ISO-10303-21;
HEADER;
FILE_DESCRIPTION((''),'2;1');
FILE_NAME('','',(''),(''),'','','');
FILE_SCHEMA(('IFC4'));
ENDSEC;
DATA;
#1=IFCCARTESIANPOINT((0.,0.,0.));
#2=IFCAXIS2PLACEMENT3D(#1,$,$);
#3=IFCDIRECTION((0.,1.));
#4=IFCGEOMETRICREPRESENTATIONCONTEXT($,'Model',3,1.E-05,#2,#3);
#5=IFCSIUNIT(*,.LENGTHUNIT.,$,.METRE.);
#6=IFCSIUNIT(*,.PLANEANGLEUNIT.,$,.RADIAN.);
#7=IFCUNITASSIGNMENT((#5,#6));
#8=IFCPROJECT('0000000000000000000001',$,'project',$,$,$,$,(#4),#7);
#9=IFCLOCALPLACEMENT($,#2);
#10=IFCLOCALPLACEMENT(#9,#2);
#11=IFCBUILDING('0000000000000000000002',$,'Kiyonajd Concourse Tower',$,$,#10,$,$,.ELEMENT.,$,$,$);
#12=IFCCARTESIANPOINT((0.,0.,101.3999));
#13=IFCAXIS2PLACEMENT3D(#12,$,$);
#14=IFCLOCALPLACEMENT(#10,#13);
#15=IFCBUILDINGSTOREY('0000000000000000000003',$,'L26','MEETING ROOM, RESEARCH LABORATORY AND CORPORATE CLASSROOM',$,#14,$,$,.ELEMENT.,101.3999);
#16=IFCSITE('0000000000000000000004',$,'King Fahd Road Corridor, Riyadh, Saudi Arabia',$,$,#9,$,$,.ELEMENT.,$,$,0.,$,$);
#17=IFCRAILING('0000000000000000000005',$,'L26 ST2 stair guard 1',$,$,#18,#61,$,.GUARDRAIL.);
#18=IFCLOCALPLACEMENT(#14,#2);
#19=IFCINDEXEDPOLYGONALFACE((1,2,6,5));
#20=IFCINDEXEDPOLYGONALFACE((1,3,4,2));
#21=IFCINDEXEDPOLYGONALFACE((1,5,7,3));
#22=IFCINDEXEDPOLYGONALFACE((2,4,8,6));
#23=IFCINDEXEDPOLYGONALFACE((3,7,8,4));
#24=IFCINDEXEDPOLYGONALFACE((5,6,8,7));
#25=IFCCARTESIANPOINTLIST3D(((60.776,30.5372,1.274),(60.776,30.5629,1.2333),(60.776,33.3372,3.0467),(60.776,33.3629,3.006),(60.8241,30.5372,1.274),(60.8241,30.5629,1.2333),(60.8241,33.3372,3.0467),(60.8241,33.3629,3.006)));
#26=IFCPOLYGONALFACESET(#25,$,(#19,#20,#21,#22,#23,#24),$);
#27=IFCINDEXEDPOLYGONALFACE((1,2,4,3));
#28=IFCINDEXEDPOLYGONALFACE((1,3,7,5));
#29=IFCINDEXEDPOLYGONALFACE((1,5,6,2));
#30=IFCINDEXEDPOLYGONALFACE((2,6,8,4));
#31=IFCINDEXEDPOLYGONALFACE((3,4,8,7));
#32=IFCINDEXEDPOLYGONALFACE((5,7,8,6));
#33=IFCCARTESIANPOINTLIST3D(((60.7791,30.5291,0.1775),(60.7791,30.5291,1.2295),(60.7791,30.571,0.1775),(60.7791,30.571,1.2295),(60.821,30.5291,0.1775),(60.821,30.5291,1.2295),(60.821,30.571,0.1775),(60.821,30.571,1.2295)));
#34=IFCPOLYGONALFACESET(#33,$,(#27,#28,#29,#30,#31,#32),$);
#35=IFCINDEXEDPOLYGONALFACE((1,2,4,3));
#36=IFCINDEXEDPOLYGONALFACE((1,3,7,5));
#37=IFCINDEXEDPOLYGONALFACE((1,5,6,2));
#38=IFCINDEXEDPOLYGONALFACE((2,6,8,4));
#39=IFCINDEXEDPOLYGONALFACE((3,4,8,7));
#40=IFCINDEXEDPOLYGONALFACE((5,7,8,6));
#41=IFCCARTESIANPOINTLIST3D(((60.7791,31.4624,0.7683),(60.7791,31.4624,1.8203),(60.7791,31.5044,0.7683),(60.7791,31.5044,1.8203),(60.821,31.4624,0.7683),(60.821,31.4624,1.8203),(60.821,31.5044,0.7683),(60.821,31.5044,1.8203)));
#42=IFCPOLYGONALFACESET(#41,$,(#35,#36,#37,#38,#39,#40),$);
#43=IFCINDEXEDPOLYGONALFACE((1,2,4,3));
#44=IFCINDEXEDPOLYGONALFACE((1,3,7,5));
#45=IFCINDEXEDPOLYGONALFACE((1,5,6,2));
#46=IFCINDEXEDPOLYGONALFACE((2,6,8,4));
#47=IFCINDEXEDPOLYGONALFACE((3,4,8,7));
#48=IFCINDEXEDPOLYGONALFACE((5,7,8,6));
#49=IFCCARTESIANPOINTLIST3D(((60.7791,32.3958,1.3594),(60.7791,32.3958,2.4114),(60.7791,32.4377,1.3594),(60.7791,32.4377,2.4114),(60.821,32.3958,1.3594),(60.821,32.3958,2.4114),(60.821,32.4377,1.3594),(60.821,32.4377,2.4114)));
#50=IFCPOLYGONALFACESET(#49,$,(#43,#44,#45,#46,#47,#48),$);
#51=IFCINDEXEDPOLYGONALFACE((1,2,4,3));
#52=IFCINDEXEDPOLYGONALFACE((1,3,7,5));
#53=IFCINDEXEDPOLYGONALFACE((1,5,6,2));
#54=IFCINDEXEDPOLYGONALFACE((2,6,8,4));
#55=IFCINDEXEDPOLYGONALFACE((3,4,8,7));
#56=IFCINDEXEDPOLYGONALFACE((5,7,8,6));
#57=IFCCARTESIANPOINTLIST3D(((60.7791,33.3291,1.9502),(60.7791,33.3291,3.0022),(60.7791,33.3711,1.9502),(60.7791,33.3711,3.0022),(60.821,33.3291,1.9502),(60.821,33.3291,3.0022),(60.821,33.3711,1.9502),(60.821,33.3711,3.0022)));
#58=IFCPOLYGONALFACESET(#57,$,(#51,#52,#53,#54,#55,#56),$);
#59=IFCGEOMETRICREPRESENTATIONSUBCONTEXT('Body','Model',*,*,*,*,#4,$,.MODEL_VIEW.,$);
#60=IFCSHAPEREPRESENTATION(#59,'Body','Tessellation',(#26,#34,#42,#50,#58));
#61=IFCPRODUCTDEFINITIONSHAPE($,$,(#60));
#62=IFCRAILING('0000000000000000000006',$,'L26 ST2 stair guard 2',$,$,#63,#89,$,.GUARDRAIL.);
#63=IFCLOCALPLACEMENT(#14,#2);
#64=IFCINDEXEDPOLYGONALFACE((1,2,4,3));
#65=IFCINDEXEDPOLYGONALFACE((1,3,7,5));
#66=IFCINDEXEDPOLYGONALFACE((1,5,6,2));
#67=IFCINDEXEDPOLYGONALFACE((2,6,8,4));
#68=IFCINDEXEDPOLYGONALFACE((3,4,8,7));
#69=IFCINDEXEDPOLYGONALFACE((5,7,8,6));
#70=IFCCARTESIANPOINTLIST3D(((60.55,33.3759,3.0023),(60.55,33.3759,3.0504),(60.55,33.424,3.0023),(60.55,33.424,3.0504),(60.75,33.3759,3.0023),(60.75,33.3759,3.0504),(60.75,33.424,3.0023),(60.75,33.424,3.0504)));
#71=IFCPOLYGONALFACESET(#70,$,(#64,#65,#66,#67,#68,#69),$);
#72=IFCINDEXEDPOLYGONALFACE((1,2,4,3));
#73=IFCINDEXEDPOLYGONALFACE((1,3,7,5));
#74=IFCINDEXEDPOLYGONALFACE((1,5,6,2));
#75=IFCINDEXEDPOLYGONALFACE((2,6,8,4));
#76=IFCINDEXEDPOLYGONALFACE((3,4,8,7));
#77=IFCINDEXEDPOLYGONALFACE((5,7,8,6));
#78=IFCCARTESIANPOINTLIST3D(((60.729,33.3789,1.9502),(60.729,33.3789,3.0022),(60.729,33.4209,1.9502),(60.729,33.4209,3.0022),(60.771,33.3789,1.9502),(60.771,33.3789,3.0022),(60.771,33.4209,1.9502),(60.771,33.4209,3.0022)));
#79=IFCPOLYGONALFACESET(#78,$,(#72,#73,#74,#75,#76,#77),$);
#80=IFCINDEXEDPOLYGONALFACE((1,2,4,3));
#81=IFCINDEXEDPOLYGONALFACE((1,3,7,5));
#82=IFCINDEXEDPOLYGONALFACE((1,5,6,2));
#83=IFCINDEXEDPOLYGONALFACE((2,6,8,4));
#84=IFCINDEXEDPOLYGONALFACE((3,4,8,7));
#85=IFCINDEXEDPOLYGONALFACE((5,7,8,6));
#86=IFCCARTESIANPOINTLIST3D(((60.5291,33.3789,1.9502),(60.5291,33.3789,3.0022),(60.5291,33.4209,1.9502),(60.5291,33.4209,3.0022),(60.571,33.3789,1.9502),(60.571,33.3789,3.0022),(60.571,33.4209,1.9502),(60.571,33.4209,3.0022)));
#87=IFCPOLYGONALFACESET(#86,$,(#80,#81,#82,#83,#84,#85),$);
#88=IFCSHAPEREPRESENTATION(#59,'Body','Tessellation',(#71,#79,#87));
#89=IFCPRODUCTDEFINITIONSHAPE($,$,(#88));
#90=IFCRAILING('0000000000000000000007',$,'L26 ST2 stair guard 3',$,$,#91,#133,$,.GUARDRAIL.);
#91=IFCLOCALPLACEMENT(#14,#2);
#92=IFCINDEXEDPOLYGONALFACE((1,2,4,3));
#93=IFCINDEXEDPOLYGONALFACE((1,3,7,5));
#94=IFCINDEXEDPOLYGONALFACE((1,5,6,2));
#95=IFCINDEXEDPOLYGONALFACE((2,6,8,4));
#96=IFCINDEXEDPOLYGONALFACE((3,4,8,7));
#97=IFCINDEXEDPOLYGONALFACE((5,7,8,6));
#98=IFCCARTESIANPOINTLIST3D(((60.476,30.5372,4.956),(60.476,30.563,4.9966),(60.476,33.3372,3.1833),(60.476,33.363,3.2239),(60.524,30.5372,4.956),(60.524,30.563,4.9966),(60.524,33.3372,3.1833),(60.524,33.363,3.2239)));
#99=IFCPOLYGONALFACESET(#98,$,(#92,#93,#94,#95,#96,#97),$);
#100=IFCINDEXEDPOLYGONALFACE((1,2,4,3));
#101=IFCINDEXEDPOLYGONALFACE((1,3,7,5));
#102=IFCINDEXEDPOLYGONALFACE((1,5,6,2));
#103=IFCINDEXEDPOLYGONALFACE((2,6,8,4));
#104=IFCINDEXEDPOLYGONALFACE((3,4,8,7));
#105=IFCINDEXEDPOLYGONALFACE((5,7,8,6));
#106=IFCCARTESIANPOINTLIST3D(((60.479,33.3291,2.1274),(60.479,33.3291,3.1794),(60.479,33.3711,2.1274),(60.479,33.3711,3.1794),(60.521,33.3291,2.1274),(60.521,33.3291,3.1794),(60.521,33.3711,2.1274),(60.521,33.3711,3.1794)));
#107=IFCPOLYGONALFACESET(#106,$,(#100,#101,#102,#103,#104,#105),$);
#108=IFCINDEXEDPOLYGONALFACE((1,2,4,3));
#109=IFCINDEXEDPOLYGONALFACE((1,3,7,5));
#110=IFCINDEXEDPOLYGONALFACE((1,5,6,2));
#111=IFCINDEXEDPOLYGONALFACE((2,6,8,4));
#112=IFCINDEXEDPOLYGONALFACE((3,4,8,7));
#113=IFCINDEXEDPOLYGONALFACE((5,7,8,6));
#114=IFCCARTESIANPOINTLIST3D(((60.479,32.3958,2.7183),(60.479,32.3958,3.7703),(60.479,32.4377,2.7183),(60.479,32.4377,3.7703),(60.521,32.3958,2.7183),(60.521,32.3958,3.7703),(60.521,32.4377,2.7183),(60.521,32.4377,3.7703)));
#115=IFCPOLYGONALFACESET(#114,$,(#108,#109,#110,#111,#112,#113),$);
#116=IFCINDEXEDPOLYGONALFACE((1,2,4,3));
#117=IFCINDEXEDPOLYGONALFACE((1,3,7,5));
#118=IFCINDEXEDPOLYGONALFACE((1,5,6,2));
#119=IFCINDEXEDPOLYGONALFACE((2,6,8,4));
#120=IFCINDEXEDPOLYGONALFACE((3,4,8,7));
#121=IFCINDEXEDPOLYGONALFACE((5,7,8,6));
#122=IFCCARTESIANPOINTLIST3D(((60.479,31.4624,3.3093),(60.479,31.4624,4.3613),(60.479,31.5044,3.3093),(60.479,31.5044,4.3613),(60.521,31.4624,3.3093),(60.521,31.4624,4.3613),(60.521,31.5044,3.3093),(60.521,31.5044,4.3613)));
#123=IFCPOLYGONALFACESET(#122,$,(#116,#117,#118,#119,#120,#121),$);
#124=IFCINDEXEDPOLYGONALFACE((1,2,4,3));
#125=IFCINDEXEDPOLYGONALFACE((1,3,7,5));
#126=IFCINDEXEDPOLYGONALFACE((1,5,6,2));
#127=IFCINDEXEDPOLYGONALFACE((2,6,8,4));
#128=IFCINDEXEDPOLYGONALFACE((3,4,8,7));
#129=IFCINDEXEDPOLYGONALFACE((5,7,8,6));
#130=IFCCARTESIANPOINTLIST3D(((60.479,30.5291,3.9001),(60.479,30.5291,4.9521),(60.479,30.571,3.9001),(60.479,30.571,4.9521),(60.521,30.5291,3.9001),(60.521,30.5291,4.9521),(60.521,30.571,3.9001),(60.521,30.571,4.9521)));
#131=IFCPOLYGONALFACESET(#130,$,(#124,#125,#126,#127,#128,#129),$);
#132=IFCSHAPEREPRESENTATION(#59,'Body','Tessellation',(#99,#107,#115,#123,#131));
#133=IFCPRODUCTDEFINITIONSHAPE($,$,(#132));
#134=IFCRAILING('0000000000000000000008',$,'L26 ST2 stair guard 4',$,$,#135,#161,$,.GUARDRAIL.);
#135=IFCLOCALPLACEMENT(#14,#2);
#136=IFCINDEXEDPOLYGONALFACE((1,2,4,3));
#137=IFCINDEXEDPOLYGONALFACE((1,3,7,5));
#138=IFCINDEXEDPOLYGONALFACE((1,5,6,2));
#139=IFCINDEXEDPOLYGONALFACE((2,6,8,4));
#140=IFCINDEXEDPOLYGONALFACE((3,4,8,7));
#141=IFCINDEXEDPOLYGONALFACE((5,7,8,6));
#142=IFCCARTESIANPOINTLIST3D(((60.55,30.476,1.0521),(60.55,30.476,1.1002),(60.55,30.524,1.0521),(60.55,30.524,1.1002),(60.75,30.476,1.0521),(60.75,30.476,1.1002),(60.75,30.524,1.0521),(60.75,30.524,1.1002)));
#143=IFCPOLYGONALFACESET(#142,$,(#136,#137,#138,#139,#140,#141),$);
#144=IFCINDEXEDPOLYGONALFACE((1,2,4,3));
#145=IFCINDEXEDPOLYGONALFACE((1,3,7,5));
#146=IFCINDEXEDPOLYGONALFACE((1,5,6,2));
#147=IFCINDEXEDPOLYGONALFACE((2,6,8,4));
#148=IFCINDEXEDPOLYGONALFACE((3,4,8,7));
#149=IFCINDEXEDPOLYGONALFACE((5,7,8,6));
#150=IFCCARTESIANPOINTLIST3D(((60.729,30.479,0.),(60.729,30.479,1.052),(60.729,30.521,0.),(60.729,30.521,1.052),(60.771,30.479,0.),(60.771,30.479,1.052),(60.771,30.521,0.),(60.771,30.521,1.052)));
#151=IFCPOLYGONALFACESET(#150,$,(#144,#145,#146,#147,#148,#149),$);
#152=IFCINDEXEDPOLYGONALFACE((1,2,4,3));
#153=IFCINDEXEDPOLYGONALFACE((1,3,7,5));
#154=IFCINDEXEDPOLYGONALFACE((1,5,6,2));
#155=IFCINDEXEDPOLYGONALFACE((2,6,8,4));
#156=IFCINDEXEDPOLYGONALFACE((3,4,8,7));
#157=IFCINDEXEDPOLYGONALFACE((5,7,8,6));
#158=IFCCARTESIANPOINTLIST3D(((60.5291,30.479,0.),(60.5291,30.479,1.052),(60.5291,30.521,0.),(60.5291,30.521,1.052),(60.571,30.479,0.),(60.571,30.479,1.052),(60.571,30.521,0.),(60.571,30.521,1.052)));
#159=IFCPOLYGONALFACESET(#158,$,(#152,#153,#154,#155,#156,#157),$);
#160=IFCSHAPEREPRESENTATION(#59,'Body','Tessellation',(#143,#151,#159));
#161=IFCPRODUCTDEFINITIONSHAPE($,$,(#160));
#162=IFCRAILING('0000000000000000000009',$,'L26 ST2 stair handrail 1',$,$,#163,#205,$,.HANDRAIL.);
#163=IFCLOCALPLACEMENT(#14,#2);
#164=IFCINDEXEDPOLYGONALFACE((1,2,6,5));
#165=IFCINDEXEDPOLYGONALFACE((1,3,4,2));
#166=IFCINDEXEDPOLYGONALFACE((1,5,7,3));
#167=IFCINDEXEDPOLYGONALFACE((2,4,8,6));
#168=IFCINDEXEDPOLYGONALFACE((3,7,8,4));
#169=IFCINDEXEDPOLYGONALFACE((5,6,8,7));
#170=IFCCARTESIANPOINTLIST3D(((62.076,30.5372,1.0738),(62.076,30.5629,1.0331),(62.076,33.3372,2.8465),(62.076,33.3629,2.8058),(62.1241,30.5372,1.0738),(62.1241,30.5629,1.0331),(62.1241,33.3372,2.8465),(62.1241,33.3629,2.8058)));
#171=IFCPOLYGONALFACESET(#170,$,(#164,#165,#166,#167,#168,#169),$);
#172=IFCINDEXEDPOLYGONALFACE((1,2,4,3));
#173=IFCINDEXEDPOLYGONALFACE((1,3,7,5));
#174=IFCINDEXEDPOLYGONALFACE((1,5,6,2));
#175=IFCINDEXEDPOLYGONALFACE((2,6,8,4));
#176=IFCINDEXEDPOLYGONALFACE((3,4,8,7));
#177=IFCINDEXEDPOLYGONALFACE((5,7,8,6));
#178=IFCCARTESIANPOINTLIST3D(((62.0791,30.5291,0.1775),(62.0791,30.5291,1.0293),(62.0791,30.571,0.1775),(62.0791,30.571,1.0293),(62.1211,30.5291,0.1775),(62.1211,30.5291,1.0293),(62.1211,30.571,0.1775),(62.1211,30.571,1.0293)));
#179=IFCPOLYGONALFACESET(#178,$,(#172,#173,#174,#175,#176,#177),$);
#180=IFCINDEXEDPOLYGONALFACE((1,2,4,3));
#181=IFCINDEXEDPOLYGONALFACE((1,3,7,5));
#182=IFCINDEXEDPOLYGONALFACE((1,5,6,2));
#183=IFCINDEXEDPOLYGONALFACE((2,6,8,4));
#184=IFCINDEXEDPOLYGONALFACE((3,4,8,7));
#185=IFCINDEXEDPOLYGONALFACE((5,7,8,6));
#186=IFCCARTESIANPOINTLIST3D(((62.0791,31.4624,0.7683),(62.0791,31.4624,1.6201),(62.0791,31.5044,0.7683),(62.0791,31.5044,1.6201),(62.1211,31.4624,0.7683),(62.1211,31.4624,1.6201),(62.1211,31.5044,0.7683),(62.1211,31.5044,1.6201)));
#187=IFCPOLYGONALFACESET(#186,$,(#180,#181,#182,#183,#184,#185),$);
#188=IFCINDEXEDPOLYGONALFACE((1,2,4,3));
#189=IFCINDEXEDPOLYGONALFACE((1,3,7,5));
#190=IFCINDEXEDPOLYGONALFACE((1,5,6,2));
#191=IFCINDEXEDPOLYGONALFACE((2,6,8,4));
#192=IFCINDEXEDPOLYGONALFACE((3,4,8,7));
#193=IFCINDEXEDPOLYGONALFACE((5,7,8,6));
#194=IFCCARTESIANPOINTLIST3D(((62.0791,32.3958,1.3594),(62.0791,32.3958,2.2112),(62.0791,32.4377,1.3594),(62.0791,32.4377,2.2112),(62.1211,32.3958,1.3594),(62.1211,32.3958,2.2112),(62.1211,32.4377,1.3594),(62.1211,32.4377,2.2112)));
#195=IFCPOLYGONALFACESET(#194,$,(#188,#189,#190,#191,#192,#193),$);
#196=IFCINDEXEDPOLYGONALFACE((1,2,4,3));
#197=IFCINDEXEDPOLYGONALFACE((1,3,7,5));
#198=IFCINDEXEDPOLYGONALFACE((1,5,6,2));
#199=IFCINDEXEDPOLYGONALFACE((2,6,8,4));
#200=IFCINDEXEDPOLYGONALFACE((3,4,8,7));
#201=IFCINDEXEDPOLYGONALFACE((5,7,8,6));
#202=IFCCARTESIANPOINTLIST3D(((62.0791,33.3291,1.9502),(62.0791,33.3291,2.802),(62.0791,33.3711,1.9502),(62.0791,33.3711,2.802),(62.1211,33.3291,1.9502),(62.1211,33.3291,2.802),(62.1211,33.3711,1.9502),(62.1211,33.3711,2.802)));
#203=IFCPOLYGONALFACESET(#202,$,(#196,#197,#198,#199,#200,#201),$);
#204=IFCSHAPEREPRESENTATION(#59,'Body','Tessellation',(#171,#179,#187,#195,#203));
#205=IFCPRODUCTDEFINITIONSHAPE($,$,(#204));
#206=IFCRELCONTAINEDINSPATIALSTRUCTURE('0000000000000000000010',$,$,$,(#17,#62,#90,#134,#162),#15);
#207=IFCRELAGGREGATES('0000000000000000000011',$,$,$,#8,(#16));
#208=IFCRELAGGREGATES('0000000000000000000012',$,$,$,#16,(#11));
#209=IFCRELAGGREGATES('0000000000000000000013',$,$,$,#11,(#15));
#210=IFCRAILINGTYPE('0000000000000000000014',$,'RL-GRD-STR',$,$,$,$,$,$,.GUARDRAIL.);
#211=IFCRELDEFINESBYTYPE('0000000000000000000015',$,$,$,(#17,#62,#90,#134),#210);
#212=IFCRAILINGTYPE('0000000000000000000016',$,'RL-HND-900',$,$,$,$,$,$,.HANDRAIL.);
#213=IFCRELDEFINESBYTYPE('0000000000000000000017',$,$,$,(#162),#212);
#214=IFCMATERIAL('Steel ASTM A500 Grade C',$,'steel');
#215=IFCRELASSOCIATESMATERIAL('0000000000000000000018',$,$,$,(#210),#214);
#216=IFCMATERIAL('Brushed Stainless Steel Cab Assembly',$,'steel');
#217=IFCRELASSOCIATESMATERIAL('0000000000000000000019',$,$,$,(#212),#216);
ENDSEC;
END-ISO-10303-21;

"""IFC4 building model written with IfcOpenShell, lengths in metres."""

from ifc_helpers import new_model, si_unit, direction, frame, origin, origin_2d, place, context, subcontext, project, spatial, rectangle, extrude, material, type_object, element, save


model = new_model("IFC4")

# Units and contexts
model_context = context("Model", 3, precision=1e-05, world=origin(), true_north=direction((0.0, 1.0)))
body_context = subcontext(model_context, "Body", "Model", "MODEL_VIEW")
ifc_project = project(units=[si_unit("LENGTHUNIT", "METRE"), si_unit("PLANEANGLEUNIT", "RADIAN")], contexts=[model_context])

# Site, building, storey
site_placement = place(None, origin())
site = spatial("IfcSite", under=ifc_project, at=site_placement, Name="King Fahd Road Corridor, Riyadh, Saudi Arabia", CompositionType="ELEMENT", RefElevation=0.0)
building_placement = place(site_placement, origin())
building = spatial("IfcBuilding", under=site, at=building_placement, Name="Kiyonajd Concourse Tower", CompositionType="ELEMENT")
storey_placement = place(building_placement, frame((0.0, 0.0, 101.3999)))
storey = spatial("IfcBuildingStorey", under=building, at=storey_placement, Name="L26", Description="MEETING ROOM, RESEARCH LABORATORY AND CORPORATE CLASSROOM", CompositionType="ELEMENT", Elevation=101.3999)

# Railings
ifc_material_1 = material(Name="Steel ASTM A500 Grade C", Category="steel")
railing_type_1 = type_object("IfcRailingType", Name="RL-GRD-STR", PredefinedType="GUARDRAIL", material=ifc_material_1)
railing_1_placement = place(storey_placement, frame((60.8, 30.55, 0.1775)))
element("IfcRailing", 1, at=railing_1_placement, inside=storey, type_object=railing_type_1, Name="L26 ST2 stair guard 1", PredefinedType="GUARDRAIL", context=body_context, shape_type="SweptSolid", body=[
    extrude(rectangle(XDim=0.0481, YDim=0.0481, at=origin_2d()), frame((0.0, 0.0, 1.0762), z_axis=(0.0, 0.844909, 0.53491), x_axis=(-1.0, 0.0, 0.0)), (0.0, 0.0, 1.0), 3.314),
    extrude(rectangle(XDim=0.042, YDim=0.042, at=origin_2d()), origin(), (0.0, 0.0, 1.0), 1.052),
    extrude(rectangle(XDim=0.042, YDim=0.042, at=origin_2d()), frame((0.0, 0.9333, 0.5908)), (0.0, 0.0, 1.0), 1.052),
    extrude(rectangle(XDim=0.042, YDim=0.042, at=origin_2d()), frame((0.0, 1.8667, 1.1819)), (0.0, 0.0, 1.0), 1.052),
    extrude(rectangle(XDim=0.042, YDim=0.042, at=origin_2d()), frame((0.0, 2.8, 1.7727)), (0.0, 0.0, 1.0), 1.052),
])
railing_2_placement = place(storey_placement, frame((60.75, 33.3999, 1.9502)))
element("IfcRailing", 2, at=railing_2_placement, inside=storey, type_object=railing_type_1, Name="L26 ST2 stair guard 2", PredefinedType="GUARDRAIL", context=body_context, shape_type="SweptSolid", body=[
    extrude(rectangle(XDim=0.0481, YDim=0.0481, at=origin_2d()), frame((0.0, 0.0, 1.0762), z_axis=(-1.0, 0.0, 0.0), x_axis=(0.0, -1.0, 0.0)), (0.0, 0.0, 1.0), 0.2),
    extrude(rectangle(XDim=0.042, YDim=0.042, at=origin_2d()), origin(), (0.0, 0.0, 1.0), 1.052),
    extrude(rectangle(XDim=0.042, YDim=0.042, at=origin_2d()), frame((-0.2, 0.0, 0.0)), (0.0, 0.0, 1.0), 1.052),
])
railing_3_placement = place(storey_placement, frame((60.5, 33.3501, 2.1274)))
element("IfcRailing", 3, at=railing_3_placement, inside=storey, type_object=railing_type_1, Name="L26 ST2 stair guard 3", PredefinedType="GUARDRAIL", context=body_context, shape_type="SweptSolid", body=[
    extrude(rectangle(XDim=0.0481, YDim=0.0481, at=origin_2d()), frame((0.0, 0.0, 1.0762), z_axis=(0.0, -0.844909, 0.53491), x_axis=(1.0, 0.0, 0.0)), (0.0, 0.0, 1.0), 3.314),
    extrude(rectangle(XDim=0.042, YDim=0.042, at=origin_2d()), origin(), (0.0, 0.0, 1.0), 1.052),
    extrude(rectangle(XDim=0.042, YDim=0.042, at=origin_2d()), frame((0.0, -0.9333, 0.5908)), (0.0, 0.0, 1.0), 1.052),
    extrude(rectangle(XDim=0.042, YDim=0.042, at=origin_2d()), frame((0.0, -1.8667, 1.1819)), (0.0, 0.0, 1.0), 1.052),
    extrude(rectangle(XDim=0.042, YDim=0.042, at=origin_2d()), frame((0.0, -2.8, 1.7727)), (0.0, 0.0, 1.0), 1.052),
])
railing_4_placement = place(storey_placement, frame((60.75, 30.5, 0.0)))
element("IfcRailing", 4, at=railing_4_placement, inside=storey, type_object=railing_type_1, Name="L26 ST2 stair guard 4", PredefinedType="GUARDRAIL", context=body_context, shape_type="SweptSolid", body=[
    extrude(rectangle(XDim=0.0481, YDim=0.0481, at=origin_2d()), frame((0.0, 0.0, 1.0762), z_axis=(-1.0, 0.0, 0.0), x_axis=(0.0, -1.0, 0.0)), (0.0, 0.0, 1.0), 0.2),
    extrude(rectangle(XDim=0.042, YDim=0.042, at=origin_2d()), origin(), (0.0, 0.0, 1.0), 1.052),
    extrude(rectangle(XDim=0.042, YDim=0.042, at=origin_2d()), frame((-0.2, 0.0, 0.0)), (0.0, 0.0, 1.0), 1.052),
])
ifc_material_2 = material(Name="Brushed Stainless Steel Cab Assembly", Category="steel")
railing_type_2 = type_object("IfcRailingType", Name="RL-HND-900", PredefinedType="HANDRAIL", material=ifc_material_2)
railing_5_placement = place(storey_placement, frame((62.1001, 30.55, 0.1775)))
element("IfcRailing", 5, at=railing_5_placement, inside=storey, type_object=railing_type_2, Name="L26 ST2 stair handrail 1", PredefinedType="HANDRAIL", context=body_context, shape_type="SweptSolid", body=[
    extrude(rectangle(XDim=0.0481, YDim=0.0481, at=origin_2d()), frame((0.0, 0.0, 0.876), z_axis=(0.0, 0.844909, 0.53491), x_axis=(-1.0, 0.0, 0.0)), (0.0, 0.0, 1.0), 3.314),
    extrude(rectangle(XDim=0.042, YDim=0.042, at=origin_2d()), origin(), (0.0, 0.0, 1.0), 0.8518),
    extrude(rectangle(XDim=0.042, YDim=0.042, at=origin_2d()), frame((0.0, 0.9333, 0.5908)), (0.0, 0.0, 1.0), 0.8518),
    extrude(rectangle(XDim=0.042, YDim=0.042, at=origin_2d()), frame((0.0, 1.8667, 1.1819)), (0.0, 0.0, 1.0), 0.8518),
    extrude(rectangle(XDim=0.042, YDim=0.042, at=origin_2d()), frame((0.0, 2.8, 1.7727)), (0.0, 0.0, 1.0), 0.8518),
])

save(model, "model.ifc")
